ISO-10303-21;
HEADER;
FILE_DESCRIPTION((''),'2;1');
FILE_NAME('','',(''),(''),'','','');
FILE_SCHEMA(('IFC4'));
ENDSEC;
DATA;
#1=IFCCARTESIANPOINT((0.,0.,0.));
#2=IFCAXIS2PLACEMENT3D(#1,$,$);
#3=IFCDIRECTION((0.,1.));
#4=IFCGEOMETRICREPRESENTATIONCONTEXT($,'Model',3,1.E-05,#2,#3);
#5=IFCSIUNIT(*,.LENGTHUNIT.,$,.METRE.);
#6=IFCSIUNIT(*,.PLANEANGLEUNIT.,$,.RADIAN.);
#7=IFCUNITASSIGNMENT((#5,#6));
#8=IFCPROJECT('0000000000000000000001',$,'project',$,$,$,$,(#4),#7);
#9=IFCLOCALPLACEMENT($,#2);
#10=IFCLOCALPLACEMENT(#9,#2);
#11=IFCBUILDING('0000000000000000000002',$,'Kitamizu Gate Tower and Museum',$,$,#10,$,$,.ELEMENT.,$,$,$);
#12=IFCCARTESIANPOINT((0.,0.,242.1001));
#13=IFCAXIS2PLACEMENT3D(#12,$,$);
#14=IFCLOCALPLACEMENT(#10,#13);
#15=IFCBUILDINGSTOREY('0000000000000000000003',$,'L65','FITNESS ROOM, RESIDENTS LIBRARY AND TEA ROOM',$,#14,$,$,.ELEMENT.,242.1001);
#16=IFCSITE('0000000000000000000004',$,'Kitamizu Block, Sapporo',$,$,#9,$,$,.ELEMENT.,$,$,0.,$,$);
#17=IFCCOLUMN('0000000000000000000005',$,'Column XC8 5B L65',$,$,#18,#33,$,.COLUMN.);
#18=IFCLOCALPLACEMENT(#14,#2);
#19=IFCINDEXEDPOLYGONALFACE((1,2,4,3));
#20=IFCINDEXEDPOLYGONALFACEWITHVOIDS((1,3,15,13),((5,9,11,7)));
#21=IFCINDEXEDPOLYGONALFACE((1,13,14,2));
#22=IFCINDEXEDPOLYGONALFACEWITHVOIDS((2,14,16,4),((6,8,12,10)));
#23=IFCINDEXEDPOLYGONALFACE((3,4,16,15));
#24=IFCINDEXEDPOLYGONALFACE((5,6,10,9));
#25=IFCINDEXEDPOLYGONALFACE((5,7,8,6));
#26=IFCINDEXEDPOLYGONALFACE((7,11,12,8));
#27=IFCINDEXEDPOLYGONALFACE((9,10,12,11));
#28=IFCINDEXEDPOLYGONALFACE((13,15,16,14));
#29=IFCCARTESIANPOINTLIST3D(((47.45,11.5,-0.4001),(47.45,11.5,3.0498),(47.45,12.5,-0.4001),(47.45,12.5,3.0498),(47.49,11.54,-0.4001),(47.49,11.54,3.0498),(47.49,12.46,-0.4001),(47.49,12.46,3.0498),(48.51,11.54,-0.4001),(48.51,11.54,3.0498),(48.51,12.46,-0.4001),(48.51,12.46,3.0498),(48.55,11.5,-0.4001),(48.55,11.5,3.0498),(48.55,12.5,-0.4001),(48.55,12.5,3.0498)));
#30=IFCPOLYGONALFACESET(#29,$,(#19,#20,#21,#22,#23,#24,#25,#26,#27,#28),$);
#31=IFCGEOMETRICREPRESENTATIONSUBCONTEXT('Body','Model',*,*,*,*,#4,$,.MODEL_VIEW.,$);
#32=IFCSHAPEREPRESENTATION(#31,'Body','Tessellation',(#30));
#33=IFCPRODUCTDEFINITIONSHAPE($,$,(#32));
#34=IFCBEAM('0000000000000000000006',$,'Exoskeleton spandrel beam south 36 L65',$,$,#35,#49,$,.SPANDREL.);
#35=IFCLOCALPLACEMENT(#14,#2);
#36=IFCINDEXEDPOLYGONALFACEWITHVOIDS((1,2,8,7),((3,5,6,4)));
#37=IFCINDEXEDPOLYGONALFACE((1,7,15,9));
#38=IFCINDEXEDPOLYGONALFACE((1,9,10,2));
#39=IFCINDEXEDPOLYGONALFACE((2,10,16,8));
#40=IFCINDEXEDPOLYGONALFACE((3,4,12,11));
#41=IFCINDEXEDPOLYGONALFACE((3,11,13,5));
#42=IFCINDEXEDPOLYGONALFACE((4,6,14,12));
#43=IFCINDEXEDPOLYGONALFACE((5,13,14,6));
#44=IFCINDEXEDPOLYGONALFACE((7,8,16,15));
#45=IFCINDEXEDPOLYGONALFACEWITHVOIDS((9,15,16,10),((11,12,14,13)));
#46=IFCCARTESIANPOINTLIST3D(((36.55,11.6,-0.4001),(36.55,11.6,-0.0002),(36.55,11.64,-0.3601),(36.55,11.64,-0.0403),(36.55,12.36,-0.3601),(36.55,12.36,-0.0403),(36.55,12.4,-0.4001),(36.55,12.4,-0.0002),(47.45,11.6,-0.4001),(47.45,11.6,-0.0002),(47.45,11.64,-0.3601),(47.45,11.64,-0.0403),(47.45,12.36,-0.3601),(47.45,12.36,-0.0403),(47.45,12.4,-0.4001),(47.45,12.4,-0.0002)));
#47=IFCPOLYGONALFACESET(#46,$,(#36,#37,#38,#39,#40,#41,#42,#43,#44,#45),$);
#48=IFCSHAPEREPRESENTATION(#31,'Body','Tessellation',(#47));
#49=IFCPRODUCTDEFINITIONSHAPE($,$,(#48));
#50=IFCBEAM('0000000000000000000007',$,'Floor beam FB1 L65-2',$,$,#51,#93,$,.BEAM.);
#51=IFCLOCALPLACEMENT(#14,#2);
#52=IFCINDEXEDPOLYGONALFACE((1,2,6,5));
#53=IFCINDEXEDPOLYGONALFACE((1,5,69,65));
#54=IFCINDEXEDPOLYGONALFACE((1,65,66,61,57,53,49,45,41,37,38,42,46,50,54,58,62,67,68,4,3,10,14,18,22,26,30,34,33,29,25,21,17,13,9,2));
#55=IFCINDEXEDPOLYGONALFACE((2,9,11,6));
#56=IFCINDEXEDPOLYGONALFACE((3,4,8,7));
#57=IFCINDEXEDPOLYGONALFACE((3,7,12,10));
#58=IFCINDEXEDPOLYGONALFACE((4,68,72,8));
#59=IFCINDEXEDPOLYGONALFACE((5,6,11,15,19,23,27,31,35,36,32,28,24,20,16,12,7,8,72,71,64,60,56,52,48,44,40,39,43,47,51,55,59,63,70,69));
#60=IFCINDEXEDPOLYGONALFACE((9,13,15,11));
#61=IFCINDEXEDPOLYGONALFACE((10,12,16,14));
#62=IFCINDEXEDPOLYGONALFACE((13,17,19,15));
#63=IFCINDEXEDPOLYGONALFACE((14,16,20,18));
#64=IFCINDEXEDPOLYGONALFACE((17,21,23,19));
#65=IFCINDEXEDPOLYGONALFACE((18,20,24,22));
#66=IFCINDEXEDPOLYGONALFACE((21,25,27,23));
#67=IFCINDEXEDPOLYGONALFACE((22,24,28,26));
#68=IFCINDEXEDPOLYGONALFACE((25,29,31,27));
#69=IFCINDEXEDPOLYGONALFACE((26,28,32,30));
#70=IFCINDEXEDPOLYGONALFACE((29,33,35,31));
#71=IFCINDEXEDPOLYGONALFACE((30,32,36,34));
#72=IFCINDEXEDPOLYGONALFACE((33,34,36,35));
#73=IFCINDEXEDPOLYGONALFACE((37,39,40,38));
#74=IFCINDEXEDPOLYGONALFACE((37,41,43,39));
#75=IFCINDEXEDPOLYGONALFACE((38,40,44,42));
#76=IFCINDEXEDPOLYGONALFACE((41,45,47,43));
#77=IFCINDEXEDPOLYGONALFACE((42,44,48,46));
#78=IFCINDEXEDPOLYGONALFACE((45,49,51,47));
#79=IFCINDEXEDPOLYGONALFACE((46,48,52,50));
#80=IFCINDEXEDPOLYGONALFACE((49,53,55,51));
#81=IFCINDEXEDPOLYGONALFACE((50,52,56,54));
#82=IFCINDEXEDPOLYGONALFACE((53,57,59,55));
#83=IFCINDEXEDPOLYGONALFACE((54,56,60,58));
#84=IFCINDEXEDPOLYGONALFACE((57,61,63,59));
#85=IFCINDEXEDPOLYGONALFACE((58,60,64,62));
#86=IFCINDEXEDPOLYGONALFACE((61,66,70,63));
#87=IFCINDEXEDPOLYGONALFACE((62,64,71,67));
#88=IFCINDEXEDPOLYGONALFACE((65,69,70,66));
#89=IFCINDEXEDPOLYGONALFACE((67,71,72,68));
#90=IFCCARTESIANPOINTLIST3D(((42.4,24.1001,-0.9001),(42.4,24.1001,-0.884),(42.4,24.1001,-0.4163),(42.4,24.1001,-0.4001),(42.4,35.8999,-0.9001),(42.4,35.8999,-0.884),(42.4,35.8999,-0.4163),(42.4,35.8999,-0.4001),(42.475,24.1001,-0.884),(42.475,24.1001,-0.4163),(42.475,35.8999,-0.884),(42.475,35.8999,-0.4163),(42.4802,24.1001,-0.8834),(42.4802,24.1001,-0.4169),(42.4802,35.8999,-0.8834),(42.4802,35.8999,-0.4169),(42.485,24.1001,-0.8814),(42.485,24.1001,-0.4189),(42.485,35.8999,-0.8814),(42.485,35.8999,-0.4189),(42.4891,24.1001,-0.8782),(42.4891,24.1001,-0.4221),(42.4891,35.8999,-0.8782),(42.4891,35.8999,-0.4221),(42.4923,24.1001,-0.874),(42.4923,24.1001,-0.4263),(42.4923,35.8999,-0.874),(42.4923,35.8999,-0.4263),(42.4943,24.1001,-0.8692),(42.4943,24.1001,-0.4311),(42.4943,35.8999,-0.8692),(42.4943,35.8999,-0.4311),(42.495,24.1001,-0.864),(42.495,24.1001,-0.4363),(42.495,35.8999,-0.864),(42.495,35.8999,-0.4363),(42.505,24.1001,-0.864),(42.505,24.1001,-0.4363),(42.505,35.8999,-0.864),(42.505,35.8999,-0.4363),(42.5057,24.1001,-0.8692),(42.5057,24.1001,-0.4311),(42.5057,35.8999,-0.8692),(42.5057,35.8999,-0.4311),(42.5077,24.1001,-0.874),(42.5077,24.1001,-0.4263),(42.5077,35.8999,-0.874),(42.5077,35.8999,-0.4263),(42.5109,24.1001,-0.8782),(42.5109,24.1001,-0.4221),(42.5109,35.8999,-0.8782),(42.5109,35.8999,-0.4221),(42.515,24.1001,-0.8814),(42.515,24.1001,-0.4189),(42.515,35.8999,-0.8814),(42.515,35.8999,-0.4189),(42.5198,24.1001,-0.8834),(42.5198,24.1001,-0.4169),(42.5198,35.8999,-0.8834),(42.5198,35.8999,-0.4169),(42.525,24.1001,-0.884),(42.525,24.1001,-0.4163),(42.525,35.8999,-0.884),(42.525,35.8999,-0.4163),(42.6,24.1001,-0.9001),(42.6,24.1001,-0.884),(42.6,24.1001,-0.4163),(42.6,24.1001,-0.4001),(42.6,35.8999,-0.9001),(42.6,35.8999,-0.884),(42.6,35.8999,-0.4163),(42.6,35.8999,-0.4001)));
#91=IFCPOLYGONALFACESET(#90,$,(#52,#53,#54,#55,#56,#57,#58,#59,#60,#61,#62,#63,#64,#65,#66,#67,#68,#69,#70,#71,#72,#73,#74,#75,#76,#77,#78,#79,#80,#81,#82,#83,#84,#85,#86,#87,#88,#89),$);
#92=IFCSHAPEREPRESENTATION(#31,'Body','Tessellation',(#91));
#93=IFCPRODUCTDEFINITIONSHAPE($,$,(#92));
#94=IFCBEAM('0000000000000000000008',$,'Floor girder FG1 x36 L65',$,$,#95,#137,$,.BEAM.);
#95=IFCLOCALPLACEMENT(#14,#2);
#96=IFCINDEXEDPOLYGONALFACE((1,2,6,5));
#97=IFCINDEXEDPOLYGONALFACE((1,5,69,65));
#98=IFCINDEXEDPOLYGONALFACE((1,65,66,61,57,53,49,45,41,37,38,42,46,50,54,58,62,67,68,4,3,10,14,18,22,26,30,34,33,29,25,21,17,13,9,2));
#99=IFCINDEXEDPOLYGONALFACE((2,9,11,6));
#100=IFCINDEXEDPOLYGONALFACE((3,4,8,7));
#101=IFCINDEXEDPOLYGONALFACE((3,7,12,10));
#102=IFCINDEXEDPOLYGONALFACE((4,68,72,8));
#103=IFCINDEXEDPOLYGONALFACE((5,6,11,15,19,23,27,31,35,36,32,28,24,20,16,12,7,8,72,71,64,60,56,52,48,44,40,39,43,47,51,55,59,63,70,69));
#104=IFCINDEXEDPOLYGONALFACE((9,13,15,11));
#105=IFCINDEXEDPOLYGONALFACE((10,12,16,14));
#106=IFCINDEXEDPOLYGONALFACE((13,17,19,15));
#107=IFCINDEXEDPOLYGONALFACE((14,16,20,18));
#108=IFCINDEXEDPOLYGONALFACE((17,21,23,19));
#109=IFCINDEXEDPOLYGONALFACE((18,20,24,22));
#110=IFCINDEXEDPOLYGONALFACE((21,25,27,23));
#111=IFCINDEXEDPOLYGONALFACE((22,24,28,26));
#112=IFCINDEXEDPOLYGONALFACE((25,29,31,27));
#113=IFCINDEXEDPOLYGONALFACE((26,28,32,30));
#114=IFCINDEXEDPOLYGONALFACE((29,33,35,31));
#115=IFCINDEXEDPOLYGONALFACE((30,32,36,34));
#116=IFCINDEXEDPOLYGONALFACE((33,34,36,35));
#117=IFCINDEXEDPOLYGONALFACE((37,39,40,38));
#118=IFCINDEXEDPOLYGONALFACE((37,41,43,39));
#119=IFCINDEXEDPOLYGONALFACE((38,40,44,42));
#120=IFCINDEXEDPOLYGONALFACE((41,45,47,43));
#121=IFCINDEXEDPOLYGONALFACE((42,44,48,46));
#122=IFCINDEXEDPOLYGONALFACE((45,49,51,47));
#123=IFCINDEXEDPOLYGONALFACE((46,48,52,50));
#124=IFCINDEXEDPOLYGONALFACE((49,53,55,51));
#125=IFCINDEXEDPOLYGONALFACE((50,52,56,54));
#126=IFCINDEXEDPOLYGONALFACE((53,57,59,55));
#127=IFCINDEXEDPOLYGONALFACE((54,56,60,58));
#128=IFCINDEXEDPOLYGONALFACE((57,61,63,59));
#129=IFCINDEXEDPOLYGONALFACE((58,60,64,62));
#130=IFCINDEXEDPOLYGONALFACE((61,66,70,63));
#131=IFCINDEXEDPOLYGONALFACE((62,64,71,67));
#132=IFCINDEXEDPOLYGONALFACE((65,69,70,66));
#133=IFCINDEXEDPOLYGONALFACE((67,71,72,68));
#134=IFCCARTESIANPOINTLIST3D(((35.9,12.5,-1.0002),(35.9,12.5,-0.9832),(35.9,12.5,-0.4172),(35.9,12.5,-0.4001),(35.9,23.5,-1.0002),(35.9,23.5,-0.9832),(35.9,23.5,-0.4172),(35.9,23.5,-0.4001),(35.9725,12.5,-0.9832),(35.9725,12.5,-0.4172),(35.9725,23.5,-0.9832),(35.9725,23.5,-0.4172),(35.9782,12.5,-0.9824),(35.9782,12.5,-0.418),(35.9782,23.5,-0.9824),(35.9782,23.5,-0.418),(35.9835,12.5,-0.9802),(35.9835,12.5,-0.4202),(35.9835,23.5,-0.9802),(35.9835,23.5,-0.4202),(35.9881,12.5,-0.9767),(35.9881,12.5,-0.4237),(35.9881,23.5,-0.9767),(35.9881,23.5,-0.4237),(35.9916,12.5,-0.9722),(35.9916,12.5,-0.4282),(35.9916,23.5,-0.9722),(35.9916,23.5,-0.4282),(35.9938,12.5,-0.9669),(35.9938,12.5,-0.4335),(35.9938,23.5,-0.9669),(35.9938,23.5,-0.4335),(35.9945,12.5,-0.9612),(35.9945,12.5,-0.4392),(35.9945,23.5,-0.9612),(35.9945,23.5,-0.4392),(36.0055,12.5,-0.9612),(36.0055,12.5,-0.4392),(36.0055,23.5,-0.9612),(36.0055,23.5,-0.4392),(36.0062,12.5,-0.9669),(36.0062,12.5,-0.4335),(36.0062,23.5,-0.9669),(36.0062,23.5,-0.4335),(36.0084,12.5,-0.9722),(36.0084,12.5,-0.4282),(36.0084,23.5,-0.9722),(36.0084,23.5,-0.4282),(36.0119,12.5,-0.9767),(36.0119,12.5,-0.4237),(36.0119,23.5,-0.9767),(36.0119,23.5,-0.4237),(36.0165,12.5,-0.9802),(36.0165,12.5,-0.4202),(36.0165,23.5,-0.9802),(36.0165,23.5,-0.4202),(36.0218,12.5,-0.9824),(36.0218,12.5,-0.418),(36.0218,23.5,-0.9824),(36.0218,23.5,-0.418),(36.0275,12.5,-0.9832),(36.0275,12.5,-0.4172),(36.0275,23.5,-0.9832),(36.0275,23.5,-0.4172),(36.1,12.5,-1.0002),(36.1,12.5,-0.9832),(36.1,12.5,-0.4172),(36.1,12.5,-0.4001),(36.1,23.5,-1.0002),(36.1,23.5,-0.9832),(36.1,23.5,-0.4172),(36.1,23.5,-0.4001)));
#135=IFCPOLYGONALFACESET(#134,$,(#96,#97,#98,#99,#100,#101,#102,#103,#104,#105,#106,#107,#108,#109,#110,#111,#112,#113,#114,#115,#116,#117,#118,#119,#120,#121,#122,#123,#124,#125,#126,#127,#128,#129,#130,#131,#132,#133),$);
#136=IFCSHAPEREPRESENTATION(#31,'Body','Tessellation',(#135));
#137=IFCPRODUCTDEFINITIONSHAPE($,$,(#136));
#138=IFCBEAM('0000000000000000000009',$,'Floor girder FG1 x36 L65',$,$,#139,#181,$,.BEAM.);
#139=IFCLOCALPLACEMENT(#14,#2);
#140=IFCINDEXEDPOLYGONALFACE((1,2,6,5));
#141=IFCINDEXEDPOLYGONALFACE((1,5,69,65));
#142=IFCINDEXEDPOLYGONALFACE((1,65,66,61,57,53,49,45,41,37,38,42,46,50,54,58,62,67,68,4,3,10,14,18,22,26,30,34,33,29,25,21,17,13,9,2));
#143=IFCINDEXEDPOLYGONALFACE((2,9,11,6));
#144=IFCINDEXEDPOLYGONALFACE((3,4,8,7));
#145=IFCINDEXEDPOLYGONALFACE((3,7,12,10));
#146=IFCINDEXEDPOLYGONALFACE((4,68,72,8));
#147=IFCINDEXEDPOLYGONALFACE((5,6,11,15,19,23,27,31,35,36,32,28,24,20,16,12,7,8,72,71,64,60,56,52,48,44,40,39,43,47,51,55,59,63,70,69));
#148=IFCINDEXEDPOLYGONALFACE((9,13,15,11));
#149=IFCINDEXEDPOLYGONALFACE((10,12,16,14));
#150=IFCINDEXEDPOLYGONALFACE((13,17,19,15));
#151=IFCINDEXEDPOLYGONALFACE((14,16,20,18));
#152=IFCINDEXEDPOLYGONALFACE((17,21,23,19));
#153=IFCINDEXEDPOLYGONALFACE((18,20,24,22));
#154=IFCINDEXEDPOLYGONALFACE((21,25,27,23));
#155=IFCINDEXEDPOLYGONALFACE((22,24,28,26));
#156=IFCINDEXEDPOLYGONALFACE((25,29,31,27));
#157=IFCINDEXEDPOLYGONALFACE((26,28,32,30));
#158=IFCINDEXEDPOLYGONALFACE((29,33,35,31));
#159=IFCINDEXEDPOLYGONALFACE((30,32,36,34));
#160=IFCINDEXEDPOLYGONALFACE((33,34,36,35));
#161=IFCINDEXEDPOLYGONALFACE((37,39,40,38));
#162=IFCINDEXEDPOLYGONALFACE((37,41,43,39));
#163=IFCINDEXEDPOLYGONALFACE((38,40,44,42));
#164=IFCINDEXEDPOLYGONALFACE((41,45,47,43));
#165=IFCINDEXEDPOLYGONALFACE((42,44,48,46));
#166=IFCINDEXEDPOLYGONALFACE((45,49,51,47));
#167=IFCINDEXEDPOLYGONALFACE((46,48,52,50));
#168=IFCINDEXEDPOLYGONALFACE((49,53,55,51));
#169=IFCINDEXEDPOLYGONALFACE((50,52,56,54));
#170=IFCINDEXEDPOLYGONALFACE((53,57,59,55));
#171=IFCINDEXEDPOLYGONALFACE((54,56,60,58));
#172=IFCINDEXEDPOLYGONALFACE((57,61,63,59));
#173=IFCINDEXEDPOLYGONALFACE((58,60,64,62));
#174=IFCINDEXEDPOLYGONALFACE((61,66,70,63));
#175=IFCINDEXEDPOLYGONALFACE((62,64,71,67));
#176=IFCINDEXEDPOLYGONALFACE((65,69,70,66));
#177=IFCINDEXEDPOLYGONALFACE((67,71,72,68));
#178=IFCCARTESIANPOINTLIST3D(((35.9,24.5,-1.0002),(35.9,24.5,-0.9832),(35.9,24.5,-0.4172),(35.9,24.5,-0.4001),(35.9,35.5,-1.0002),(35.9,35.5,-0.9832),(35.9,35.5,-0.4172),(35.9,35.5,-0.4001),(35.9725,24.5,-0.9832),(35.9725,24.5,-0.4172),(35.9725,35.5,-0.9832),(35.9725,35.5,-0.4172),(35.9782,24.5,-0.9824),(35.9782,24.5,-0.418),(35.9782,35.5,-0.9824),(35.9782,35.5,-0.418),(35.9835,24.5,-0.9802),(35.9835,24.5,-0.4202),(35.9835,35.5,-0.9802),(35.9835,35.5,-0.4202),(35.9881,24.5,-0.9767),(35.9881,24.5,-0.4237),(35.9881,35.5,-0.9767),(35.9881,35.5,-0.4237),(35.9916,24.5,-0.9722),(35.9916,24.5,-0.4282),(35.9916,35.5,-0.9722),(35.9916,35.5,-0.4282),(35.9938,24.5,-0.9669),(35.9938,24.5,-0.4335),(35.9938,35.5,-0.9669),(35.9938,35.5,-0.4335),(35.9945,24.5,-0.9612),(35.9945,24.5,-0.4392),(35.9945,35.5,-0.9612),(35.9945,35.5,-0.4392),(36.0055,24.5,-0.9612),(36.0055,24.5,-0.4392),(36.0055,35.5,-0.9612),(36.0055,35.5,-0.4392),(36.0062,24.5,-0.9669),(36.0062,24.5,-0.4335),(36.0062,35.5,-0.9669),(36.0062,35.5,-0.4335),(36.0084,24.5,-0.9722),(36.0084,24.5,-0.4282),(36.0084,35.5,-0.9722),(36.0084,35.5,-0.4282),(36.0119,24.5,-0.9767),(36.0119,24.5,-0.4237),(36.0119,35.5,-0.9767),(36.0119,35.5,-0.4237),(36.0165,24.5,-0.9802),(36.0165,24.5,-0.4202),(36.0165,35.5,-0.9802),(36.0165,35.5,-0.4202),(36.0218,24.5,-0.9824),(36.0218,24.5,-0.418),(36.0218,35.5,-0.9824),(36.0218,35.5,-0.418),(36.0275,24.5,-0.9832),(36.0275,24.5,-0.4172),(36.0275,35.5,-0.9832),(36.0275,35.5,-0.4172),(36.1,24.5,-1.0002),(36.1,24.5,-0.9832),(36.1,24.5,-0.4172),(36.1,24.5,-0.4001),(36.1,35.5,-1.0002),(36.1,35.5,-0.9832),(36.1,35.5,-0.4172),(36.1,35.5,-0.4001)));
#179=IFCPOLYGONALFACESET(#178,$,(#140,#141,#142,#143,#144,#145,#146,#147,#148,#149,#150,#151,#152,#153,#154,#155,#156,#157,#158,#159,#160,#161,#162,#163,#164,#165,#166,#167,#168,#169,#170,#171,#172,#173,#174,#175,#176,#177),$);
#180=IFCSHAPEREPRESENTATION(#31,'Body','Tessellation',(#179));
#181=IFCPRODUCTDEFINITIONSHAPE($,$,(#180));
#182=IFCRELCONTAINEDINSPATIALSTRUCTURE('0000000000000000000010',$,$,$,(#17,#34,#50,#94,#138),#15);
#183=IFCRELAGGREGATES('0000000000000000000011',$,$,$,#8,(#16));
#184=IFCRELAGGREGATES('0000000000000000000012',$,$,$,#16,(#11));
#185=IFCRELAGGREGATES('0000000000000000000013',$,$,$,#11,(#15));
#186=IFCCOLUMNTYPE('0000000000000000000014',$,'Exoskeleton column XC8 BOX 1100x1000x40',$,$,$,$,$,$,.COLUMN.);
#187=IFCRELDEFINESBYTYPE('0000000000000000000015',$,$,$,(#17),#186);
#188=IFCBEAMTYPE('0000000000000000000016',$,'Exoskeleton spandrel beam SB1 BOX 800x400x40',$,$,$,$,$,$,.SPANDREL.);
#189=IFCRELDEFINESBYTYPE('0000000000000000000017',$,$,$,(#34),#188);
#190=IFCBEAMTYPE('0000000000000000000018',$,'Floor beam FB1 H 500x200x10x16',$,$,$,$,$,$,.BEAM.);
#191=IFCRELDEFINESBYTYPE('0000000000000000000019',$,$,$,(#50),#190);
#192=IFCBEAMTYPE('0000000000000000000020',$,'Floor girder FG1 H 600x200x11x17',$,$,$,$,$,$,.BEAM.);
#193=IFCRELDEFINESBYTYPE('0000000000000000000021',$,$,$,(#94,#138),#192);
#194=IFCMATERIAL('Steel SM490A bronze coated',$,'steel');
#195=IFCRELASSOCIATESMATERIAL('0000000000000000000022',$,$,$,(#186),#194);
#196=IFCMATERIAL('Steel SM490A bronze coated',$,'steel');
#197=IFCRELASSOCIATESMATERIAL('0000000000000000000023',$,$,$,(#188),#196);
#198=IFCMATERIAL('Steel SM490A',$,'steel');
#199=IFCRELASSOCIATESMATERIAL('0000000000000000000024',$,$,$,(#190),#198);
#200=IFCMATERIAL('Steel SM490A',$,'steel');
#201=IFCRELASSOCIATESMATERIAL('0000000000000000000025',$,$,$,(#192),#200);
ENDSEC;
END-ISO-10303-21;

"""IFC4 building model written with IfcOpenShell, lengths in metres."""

from ifc_helpers import new_model, si_unit, direction, frame, origin, origin_2d, place, context, subcontext, project, spatial, hollow_rectangle, i_section, extrude, material, material_profile, profile_set, type_object, element, save


model = new_model("IFC4")

# Units and contexts
model_context = context("Model", 3, precision=1e-05, world=origin(), true_north=direction((0.0, 1.0)))
body_context = subcontext(model_context, "Body", "Model", "MODEL_VIEW")
ifc_project = project(units=[si_unit("LENGTHUNIT", "METRE"), si_unit("PLANEANGLEUNIT", "RADIAN")], contexts=[model_context])

# Site, building, storey
site_placement = place(None, origin())
site = spatial("IfcSite", under=ifc_project, at=site_placement, Name="Kitamizu Block, Sapporo", CompositionType="ELEMENT", RefElevation=0.0)
building_placement = place(site_placement, origin())
building = spatial("IfcBuilding", under=site, at=building_placement, Name="Kitamizu Gate Tower and Museum", CompositionType="ELEMENT")
storey_placement = place(building_placement, frame((0.0, 0.0, 242.1001)))
storey = spatial("IfcBuildingStorey", under=building, at=storey_placement, Name="L65", Description="FITNESS ROOM, RESIDENTS LIBRARY AND TEA ROOM", CompositionType="ELEMENT", Elevation=242.1001)

# Column
ifc_material_1 = material(Name="Steel SM490A bronze coated", Category="steel")
ifc_material_profile_1 = material_profile(ifc_material_1, hollow_rectangle(XDim=1.1001, YDim=1.0, WallThickness=0.04, at=origin_2d()), Name="BOX 1100x1000x40")
ifc_profile_set_1 = profile_set([ifc_material_profile_1], Name="Steel SM490A bronze coated")
column_type = type_object("IfcColumnType", Name="Exoskeleton column XC8 BOX 1100x1000x40", PredefinedType="COLUMN", material=ifc_profile_set_1)
column_placement = place(storey_placement, frame((48.0, 12.0, -0.4001), z_axis=(0.0, 0.0, 1.0), x_axis=(1.0, 0.0, 0.0)))
element("IfcColumn", 1, at=column_placement, inside=storey, type_object=column_type, Name="Column XC8 5B L65", PredefinedType="COLUMN", context=body_context, shape_type="SweptSolid", body=[
    extrude(hollow_rectangle(XDim=1.1001, YDim=1.0, WallThickness=0.04, at=origin_2d()), origin(), (0.0, 0.0, 1.0), 3.45),
])

# Beams
ifc_material_2 = material(Name="Steel SM490A bronze coated", Category="steel")
ifc_material_profile_2 = material_profile(ifc_material_2, hollow_rectangle(XDim=0.8, YDim=0.3999, WallThickness=0.04, at=origin_2d()), Name="BOX 800x400x40")
ifc_profile_set_2 = profile_set([ifc_material_profile_2], Name="Steel SM490A bronze coated")
beam_type_1 = type_object("IfcBeamType", Name="Exoskeleton spandrel beam SB1 BOX 800x400x40", PredefinedType="SPANDREL", material=ifc_profile_set_2)
beam_1_placement = place(storey_placement, frame((36.55, 12.0, -0.2002), z_axis=(1.0, 0.0, 0.0), x_axis=(0.0, 1.0, 0.0)))
element("IfcBeam", 2, at=beam_1_placement, inside=storey, type_object=beam_type_1, Name="Exoskeleton spandrel beam south 36 L65", PredefinedType="SPANDREL", context=body_context, shape_type="SweptSolid", body=[
    extrude(hollow_rectangle(XDim=0.8, YDim=0.3999, WallThickness=0.04, at=origin_2d()), origin(), (0.0, 0.0, 1.0), 10.8999),
])
ifc_material_3 = material(Name="Steel SM490A", Category="steel")
ifc_material_profile_3 = material_profile(ifc_material_3, i_section(OverallWidth=0.2, OverallDepth=0.5, WebThickness=0.01, FlangeThickness=0.0161, FilletRadius=0.02, at=origin_2d()), Name="H-500x200x10x16")
ifc_profile_set_3 = profile_set([ifc_material_profile_3], Name="Steel SM490A")
beam_type_2 = type_object("IfcBeamType", Name="Floor beam FB1 H 500x200x10x16", PredefinedType="BEAM", material=ifc_profile_set_3)
beam_2_placement = place(storey_placement, frame((42.5, 24.1001, -0.6501), z_axis=(0.0, 1.0, 0.0), x_axis=(-1.0, 0.0, 0.0)))
element("IfcBeam", 3, at=beam_2_placement, inside=storey, type_object=beam_type_2, Name="Floor beam FB1 L65-2", PredefinedType="BEAM", context=body_context, shape_type="SweptSolid", body=[
    extrude(i_section(OverallWidth=0.2, OverallDepth=0.5, WebThickness=0.01, FlangeThickness=0.0161, FilletRadius=0.02, at=origin_2d()), origin(), (0.0, 0.0, 1.0), 11.7998),
])
ifc_material_4 = material(Name="Steel SM490A", Category="steel")
ifc_material_profile_4 = material_profile(ifc_material_4, i_section(OverallWidth=0.2, OverallDepth=0.6001, WebThickness=0.011, FlangeThickness=0.0171, FilletRadius=0.022, at=origin_2d()), Name="H-600x200x11x17")
ifc_profile_set_4 = profile_set([ifc_material_profile_4], Name="Steel SM490A")
beam_type_3 = type_object("IfcBeamType", Name="Floor girder FG1 H 600x200x11x17", PredefinedType="BEAM", material=ifc_profile_set_4)
for number, where, z_axis, x_axis, name in (
    (4, (36.0, 12.5, -0.7002), (0.0, 1.0, 0.0), (-1.0, 0.0, 0.0), "Floor girder FG1 x36 L65"),
    (5, (36.0, 24.5, -0.7002), (0.0, 1.0, 0.0), (-1.0, 0.0, 0.0), "Floor girder FG1 x36 L65"),
):
    element("IfcBeam", number, at=place(storey_placement, frame(where, z_axis=z_axis, x_axis=x_axis)), inside=storey, type_object=beam_type_3, Name=name, PredefinedType="BEAM", context=body_context, shape_type="SweptSolid", body=[
        extrude(i_section(OverallWidth=0.2, OverallDepth=0.6001, WebThickness=0.011, FlangeThickness=0.0171, FilletRadius=0.022, at=origin_2d()), origin(), (0.0, 0.0, 1.0), 11.0),
    ])

save(model, "model.ifc")
